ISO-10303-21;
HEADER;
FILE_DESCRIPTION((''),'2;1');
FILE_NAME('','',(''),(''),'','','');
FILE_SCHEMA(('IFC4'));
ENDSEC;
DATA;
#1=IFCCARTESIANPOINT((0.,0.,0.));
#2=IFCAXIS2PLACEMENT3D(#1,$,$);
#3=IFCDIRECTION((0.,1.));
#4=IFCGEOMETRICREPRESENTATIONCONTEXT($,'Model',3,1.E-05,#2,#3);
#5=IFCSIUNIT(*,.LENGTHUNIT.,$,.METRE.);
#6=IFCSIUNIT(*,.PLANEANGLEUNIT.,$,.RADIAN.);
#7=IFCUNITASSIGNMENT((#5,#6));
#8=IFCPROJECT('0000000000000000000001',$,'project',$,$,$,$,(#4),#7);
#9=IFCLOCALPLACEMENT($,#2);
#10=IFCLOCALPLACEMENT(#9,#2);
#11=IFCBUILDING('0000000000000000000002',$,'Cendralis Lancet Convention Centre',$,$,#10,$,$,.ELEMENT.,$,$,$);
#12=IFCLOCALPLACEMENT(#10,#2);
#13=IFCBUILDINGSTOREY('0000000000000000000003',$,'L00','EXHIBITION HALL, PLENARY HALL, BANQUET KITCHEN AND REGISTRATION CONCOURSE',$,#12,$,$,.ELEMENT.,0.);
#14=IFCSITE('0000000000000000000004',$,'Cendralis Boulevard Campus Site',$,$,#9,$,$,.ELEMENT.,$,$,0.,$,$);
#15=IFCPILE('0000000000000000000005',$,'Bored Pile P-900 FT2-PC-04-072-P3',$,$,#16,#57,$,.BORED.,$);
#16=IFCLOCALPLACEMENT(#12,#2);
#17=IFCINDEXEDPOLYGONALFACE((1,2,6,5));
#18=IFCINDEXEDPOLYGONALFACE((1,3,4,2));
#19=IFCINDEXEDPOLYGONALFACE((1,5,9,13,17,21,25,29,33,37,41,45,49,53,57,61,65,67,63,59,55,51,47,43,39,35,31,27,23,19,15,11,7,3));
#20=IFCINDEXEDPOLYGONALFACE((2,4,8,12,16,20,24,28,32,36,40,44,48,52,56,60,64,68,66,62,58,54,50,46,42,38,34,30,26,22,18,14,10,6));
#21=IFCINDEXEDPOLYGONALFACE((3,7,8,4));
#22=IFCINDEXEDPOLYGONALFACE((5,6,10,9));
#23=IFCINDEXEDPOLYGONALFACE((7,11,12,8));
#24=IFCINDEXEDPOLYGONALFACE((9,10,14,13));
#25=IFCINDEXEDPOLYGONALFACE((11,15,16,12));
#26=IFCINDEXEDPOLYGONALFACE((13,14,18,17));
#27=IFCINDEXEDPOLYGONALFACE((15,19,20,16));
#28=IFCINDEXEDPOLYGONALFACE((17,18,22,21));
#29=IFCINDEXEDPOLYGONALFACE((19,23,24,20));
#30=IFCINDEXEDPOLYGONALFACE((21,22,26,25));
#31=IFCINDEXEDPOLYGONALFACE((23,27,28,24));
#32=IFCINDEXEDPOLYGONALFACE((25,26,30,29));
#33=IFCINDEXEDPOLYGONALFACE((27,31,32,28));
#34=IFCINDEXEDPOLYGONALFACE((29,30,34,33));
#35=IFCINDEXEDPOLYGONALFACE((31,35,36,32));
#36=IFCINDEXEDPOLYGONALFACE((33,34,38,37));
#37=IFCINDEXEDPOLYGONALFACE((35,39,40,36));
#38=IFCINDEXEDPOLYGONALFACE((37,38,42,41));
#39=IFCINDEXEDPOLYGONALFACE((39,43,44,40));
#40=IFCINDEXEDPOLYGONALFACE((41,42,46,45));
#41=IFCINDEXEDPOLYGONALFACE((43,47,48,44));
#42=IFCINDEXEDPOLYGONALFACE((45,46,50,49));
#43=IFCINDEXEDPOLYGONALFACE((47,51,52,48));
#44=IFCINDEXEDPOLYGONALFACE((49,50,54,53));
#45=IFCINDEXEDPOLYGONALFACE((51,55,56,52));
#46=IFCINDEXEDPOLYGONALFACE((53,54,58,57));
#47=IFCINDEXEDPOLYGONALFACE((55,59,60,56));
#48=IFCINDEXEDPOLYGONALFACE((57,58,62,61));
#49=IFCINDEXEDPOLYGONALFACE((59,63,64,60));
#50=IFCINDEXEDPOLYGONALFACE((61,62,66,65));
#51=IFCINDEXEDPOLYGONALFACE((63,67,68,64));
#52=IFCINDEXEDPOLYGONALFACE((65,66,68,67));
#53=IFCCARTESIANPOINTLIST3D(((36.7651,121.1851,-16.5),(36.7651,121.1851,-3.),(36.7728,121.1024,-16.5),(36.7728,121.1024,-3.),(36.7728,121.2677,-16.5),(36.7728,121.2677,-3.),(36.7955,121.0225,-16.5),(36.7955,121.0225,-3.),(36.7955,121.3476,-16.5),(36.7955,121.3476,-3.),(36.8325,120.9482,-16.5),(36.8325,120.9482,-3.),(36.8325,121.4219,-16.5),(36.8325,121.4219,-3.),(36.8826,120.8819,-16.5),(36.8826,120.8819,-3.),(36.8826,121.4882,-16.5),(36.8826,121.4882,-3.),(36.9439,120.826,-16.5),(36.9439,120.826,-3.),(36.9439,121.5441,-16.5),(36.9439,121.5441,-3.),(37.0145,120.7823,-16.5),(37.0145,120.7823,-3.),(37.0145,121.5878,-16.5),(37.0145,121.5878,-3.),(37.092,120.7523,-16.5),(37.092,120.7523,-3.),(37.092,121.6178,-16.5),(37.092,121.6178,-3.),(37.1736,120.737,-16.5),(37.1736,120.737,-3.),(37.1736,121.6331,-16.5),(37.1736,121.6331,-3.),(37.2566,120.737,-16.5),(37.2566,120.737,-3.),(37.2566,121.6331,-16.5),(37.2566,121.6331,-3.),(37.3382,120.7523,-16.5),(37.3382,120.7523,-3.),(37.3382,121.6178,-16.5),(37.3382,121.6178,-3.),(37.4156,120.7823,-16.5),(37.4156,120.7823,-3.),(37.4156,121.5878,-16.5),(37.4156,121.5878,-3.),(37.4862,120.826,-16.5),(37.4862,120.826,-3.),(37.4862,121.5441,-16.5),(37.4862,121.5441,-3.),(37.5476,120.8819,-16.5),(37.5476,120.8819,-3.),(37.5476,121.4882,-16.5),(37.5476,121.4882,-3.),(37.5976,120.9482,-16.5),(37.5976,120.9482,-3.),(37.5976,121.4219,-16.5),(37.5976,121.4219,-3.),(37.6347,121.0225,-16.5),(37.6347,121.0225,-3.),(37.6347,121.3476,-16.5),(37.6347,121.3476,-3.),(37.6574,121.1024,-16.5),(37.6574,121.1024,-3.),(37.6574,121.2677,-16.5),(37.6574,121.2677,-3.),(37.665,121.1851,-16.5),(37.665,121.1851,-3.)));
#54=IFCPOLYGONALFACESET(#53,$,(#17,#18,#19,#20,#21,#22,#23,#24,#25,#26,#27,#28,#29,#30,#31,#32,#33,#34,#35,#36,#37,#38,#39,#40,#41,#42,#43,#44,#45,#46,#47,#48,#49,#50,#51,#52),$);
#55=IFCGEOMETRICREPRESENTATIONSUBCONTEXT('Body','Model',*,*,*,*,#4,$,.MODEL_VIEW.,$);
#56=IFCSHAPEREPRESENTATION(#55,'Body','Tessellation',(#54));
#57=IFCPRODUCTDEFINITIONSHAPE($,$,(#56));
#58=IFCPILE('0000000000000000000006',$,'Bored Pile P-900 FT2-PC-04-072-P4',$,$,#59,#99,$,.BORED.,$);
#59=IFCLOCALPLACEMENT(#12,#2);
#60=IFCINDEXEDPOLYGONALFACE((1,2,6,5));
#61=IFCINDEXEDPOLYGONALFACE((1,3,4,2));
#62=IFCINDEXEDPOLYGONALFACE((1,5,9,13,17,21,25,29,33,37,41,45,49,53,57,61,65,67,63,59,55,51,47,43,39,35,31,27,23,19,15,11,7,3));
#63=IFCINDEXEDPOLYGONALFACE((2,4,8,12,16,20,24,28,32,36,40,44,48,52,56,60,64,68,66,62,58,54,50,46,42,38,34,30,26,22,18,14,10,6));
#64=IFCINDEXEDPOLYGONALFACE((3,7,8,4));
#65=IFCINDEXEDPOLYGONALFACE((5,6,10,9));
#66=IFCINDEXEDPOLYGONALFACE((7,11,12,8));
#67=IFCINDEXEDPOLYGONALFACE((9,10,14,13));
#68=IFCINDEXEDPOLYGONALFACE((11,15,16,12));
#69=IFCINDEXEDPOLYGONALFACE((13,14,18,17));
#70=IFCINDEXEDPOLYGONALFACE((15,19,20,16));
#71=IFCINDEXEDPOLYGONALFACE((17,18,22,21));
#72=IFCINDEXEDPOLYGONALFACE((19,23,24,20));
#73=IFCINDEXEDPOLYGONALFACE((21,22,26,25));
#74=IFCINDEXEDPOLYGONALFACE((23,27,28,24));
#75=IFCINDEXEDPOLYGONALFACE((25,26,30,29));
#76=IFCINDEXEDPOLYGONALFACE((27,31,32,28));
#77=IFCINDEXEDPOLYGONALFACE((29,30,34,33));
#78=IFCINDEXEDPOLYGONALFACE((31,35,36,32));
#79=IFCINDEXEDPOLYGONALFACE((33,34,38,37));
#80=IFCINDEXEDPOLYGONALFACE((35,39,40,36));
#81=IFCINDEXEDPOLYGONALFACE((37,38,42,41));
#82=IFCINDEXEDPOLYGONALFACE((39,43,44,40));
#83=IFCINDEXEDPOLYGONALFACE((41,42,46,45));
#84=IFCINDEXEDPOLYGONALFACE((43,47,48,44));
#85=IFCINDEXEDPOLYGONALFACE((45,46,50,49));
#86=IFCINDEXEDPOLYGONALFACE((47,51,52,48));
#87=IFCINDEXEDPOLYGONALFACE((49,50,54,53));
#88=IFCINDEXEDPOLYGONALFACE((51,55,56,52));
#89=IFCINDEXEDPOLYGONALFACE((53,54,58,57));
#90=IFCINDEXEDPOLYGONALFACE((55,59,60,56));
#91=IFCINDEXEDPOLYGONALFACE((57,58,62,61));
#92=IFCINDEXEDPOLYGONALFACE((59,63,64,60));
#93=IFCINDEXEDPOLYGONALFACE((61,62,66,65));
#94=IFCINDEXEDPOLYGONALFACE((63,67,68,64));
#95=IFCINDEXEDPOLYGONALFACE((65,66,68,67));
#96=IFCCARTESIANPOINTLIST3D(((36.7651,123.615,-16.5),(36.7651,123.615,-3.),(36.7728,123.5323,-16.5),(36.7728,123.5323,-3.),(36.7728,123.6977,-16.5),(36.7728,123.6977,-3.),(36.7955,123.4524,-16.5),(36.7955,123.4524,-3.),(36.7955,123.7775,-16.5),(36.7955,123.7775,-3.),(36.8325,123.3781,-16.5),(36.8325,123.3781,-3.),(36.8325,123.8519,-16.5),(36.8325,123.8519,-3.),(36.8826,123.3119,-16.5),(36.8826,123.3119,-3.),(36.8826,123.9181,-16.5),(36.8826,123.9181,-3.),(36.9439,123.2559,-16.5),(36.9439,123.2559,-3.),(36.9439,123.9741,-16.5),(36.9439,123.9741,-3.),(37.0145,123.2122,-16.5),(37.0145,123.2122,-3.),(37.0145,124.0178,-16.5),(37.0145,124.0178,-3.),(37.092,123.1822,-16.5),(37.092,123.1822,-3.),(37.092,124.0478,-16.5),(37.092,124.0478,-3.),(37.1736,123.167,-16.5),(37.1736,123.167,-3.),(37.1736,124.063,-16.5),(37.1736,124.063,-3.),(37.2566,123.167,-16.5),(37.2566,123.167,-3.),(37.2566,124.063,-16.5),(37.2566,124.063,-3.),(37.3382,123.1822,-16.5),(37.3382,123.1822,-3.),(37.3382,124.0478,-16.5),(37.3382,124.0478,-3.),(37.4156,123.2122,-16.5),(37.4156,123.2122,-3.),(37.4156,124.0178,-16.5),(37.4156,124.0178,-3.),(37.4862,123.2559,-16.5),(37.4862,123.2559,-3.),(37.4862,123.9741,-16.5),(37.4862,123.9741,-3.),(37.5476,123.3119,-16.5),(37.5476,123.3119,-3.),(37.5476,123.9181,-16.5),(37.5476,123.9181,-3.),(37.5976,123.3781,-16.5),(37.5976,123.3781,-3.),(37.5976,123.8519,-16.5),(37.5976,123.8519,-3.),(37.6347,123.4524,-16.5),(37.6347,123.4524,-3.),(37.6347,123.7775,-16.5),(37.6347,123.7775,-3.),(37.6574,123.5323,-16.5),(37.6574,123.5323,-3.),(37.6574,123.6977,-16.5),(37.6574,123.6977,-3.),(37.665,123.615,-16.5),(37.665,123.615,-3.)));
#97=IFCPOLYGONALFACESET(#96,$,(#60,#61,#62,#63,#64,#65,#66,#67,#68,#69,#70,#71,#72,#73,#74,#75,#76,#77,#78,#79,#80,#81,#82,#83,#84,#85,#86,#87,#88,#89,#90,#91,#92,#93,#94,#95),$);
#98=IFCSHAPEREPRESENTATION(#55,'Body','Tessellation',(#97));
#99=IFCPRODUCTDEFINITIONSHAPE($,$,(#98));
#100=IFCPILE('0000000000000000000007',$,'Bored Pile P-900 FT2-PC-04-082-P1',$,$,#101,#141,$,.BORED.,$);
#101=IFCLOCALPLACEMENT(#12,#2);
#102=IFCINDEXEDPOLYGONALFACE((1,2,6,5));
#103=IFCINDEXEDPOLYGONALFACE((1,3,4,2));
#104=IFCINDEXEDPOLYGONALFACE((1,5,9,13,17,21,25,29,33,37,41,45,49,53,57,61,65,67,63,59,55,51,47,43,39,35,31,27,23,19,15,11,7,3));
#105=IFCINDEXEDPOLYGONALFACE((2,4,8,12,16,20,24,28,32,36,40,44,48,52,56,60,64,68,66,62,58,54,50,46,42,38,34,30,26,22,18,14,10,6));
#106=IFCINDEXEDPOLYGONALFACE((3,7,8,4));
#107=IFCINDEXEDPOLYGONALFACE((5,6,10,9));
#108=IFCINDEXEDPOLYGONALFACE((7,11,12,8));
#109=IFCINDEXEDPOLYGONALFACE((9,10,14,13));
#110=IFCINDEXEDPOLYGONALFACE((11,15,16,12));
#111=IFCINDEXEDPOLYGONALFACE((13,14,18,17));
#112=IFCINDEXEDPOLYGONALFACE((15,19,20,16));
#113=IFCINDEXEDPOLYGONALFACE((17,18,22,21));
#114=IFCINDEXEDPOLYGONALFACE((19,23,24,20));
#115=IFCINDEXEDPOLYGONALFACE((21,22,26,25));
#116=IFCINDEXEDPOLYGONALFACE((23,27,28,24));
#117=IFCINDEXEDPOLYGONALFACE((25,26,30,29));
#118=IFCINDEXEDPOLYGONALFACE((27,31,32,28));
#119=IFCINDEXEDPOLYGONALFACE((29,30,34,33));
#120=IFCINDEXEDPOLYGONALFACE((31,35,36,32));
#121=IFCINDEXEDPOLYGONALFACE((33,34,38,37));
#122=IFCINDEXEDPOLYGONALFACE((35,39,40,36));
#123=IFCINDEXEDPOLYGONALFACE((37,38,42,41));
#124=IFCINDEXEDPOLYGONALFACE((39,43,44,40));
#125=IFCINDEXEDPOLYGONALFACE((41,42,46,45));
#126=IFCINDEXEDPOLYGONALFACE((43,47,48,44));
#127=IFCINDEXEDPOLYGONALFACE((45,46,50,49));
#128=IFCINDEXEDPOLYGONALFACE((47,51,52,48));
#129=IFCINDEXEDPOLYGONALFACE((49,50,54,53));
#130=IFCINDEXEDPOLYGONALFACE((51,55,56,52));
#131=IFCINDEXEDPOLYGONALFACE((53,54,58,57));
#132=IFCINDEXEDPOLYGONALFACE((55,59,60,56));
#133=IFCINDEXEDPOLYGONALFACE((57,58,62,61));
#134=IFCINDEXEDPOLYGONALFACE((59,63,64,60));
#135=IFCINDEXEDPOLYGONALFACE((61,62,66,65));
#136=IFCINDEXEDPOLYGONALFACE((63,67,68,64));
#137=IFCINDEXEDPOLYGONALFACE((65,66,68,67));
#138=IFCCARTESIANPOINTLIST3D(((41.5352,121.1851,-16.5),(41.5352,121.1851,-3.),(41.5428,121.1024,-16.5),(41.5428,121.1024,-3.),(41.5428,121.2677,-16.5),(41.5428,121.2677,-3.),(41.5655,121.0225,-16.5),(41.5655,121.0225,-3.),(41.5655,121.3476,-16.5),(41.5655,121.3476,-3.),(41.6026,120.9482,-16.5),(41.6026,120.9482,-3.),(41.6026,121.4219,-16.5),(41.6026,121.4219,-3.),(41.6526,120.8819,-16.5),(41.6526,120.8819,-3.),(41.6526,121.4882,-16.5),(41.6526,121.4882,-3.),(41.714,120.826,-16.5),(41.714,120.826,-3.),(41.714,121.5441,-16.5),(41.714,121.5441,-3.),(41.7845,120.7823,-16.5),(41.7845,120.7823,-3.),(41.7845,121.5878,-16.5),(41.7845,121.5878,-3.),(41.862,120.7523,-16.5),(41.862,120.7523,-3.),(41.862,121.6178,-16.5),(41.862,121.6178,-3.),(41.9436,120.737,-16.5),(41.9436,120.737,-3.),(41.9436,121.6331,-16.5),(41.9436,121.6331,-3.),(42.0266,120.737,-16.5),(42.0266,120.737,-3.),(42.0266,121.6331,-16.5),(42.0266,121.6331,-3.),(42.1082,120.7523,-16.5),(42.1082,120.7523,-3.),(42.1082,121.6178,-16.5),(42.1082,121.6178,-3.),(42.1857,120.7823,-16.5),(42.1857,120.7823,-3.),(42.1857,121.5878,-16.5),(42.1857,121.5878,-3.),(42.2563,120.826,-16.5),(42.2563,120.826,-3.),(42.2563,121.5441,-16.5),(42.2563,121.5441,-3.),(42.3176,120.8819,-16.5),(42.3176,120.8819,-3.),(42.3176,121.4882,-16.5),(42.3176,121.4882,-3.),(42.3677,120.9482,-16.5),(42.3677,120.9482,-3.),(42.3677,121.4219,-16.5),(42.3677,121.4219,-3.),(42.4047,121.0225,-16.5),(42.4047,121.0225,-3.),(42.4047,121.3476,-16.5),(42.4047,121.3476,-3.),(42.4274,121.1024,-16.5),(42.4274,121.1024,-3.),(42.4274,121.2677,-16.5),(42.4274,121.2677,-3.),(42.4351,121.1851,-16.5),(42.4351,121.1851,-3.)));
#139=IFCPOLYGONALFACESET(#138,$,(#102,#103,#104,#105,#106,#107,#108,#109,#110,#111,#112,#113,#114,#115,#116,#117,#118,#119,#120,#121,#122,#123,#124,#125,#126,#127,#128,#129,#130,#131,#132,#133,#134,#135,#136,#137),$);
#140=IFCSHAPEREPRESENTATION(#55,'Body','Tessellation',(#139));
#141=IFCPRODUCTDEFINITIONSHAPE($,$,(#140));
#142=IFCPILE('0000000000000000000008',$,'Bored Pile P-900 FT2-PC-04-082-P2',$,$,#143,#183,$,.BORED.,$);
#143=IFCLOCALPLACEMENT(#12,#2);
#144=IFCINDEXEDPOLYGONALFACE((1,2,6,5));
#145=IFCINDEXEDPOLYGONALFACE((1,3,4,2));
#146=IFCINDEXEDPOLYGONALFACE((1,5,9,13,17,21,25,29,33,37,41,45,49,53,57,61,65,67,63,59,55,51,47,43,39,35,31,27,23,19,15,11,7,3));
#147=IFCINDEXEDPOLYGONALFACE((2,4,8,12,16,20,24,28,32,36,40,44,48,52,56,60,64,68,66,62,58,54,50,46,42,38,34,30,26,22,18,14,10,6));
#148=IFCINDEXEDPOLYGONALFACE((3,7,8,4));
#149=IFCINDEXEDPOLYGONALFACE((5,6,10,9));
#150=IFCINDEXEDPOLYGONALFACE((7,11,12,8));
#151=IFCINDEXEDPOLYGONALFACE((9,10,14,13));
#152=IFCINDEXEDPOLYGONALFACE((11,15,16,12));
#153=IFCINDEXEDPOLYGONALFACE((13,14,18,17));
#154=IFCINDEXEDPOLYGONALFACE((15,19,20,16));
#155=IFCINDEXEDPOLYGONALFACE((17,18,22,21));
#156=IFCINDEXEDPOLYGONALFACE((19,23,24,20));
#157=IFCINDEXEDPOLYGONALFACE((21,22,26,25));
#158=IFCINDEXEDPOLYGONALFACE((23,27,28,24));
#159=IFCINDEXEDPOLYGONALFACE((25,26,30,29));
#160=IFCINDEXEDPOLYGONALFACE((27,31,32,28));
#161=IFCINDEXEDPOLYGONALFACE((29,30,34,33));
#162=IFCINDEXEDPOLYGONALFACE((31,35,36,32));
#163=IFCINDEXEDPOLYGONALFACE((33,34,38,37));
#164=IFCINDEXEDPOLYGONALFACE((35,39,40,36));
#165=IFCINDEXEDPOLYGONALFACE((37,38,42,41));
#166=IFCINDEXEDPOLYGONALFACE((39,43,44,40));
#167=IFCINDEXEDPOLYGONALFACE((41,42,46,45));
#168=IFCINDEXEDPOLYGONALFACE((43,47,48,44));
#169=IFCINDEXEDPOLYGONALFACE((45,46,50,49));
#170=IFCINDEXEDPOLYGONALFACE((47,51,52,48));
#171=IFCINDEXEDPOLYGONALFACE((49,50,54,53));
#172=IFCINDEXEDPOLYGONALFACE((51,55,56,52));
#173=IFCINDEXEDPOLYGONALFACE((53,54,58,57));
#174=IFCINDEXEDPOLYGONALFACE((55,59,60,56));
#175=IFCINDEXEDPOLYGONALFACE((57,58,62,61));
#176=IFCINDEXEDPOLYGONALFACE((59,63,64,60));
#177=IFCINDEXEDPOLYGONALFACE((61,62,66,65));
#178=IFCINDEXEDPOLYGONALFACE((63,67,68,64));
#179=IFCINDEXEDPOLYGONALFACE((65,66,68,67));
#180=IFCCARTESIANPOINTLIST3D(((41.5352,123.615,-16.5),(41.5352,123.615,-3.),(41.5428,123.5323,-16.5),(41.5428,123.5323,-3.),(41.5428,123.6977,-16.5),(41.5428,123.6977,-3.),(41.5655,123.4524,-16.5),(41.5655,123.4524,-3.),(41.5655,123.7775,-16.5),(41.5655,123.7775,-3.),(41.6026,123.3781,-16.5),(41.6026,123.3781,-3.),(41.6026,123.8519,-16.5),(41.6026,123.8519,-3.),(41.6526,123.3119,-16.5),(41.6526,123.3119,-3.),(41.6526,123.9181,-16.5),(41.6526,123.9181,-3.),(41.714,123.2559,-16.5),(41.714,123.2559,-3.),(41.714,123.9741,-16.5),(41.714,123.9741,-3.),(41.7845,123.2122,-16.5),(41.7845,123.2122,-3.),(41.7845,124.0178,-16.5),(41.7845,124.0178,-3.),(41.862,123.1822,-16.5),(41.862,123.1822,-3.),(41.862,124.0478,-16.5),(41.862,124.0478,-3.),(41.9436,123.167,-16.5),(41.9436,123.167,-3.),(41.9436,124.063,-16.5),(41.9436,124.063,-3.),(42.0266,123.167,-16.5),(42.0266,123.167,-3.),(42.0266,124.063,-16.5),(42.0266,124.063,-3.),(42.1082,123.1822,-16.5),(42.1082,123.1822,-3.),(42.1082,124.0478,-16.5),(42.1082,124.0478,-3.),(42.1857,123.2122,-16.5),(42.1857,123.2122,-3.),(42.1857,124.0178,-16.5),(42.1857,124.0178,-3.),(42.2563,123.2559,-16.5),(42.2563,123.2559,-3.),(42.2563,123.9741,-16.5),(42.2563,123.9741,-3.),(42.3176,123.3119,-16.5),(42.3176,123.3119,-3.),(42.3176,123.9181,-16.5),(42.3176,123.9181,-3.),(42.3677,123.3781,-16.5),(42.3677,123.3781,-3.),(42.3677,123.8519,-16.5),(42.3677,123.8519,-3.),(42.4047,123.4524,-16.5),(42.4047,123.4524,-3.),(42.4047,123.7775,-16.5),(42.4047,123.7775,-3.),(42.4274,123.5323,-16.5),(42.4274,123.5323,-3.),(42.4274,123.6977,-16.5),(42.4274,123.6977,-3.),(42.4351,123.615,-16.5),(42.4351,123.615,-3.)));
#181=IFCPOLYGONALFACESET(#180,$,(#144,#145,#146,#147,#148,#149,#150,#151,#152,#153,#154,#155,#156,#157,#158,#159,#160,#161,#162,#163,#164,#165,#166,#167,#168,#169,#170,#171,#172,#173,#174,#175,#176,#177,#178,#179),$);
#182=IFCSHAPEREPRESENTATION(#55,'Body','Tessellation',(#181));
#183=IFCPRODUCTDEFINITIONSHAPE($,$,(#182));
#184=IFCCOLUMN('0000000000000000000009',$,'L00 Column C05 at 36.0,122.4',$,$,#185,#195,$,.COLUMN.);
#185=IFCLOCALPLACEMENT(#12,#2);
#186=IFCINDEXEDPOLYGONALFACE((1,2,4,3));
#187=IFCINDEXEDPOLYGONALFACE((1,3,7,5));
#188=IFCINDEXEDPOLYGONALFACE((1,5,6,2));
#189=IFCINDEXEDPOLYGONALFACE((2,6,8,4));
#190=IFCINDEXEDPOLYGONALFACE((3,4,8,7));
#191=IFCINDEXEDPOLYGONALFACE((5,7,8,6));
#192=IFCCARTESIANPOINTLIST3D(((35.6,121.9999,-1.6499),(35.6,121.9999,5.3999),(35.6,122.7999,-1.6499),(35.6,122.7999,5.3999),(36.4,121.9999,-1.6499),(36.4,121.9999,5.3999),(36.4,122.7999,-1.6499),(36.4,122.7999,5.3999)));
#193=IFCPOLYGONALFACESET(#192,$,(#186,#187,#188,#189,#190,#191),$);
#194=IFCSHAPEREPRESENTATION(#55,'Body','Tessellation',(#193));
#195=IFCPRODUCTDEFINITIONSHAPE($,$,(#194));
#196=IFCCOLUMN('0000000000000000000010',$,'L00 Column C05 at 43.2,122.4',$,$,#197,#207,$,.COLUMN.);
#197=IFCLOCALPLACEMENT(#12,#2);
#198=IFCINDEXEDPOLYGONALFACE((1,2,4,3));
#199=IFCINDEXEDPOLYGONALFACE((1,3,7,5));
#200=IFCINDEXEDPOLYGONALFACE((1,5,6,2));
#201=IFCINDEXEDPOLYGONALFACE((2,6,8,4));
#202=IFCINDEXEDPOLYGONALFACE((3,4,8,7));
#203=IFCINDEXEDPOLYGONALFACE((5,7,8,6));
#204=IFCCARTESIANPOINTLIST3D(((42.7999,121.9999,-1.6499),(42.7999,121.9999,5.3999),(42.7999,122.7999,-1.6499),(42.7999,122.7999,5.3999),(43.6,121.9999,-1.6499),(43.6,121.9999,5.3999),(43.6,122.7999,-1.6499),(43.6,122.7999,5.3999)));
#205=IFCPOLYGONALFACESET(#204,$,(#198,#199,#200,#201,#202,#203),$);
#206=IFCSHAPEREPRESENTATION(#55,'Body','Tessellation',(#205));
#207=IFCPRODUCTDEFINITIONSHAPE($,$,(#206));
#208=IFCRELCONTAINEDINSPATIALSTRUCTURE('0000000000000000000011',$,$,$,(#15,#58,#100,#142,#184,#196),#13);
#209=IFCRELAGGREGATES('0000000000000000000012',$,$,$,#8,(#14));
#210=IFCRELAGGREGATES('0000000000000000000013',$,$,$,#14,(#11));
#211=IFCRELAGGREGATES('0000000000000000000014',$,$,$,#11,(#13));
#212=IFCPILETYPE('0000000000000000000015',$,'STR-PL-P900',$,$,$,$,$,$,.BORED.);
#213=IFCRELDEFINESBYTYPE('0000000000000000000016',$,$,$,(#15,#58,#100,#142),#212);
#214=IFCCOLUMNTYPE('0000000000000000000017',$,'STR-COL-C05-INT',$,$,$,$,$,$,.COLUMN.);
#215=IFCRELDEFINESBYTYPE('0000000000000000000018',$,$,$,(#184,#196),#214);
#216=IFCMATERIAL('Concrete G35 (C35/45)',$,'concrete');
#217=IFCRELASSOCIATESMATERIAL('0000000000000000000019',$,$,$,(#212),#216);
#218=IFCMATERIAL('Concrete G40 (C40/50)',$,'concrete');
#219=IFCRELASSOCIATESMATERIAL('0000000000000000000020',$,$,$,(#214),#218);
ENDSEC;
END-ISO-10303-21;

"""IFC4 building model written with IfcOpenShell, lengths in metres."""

from ifc_helpers import new_model, si_unit, direction, frame, origin, origin_2d, place, context, subcontext, project, spatial, rectangle, circle, extrude, material, material_profile, profile_set, type_object, element, save


model = new_model("IFC4")

# Units and contexts
model_context = context("Model", 3, precision=1e-05, world=origin(), true_north=direction((0.0, 1.0)))
body_context = subcontext(model_context, "Body", "Model", "MODEL_VIEW")
ifc_project = project(units=[si_unit("LENGTHUNIT", "METRE"), si_unit("PLANEANGLEUNIT", "RADIAN")], contexts=[model_context])

# Site, building, storey
site_placement = place(None, origin())
site = spatial("IfcSite", under=ifc_project, at=site_placement, Name="Cendralis Boulevard Campus Site", CompositionType="ELEMENT", RefElevation=0.0)
building_placement = place(site_placement, origin())
building = spatial("IfcBuilding", under=site, at=building_placement, Name="Cendralis Lancet Convention Centre", CompositionType="ELEMENT")
storey_placement = place(building_placement, origin())
storey = spatial("IfcBuildingStorey", under=building, at=storey_placement, Name="L00", Description="EXHIBITION HALL, PLENARY HALL, BANQUET KITCHEN AND REGISTRATION CONCOURSE", CompositionType="ELEMENT", Elevation=0.0)

# Shared definitions
ifc_material_1 = material(Name="Concrete G35 (C35/45)", Category="concrete")

# Piles
ifc_material_profile_1 = material_profile(ifc_material_1, circle(Radius=0.45, at=origin_2d()), Name="BORED PILE D900")
ifc_profile_set_1 = profile_set([ifc_material_profile_1], Name="Concrete G35 (C35/45)")
pile_type_1 = type_object("IfcPileType", Name="STR-PL-P900", PredefinedType="BORED", material=ifc_profile_set_1)
for number, where, z_axis, x_axis, name in (
    (1, (37.2151, 121.1851, -3.0), (0.0, 0.0, -1.0), (1.0, 0.0, 0.0), "Bored Pile P-900 FT2-PC-04-072-P3"),
    (2, (37.2151, 123.615, -3.0), (0.0, 0.0, -1.0), (1.0, 0.0, 0.0), "Bored Pile P-900 FT2-PC-04-072-P4"),
    (3, (41.9851, 121.1851, -3.0), (0.0, 0.0, -1.0), (1.0, 0.0, 0.0), "Bored Pile P-900 FT2-PC-04-082-P1"),
    (4, (41.9851, 123.615, -3.0), (0.0, 0.0, -1.0), (1.0, 0.0, 0.0), "Bored Pile P-900 FT2-PC-04-082-P2"),
):
    element("IfcPile", number, at=place(storey_placement, frame(where, z_axis=z_axis, x_axis=x_axis)), inside=storey, type_object=pile_type_1, Name=name, PredefinedType="BORED", context=body_context, shape_type="SweptSolid", body=[
        extrude(circle(Radius=0.45, at=origin_2d()), origin(), (0.0, 0.0, 1.0), 13.5),
    ])

# Columns
ifc_material_2 = material(Name="Concrete G40 (C40/50)", Category="concrete")
ifc_material_profile_2 = material_profile(ifc_material_2, rectangle(XDim=0.8, YDim=0.8, at=origin_2d()), Name="RC 800x800")
ifc_profile_set_2 = profile_set([ifc_material_profile_2], Name="Concrete G40 (C40/50)")
column_type_1 = type_object("IfcColumnType", Name="STR-COL-C05-INT", PredefinedType="COLUMN", material=ifc_profile_set_2)
for number, where, z_axis, x_axis, name in (
    (5, (36.0, 122.3999, -1.6499), (0.0, 0.0, 1.0), (1.0, 0.0, 0.0), "L00 Column C05 at 36.0,122.4"),
    (6, (43.2, 122.3999, -1.6499), (0.0, 0.0, 1.0), (1.0, 0.0, 0.0), "L00 Column C05 at 43.2,122.4"),
):
    element("IfcColumn", number, at=place(storey_placement, frame(where, z_axis=z_axis, x_axis=x_axis)), inside=storey, type_object=column_type_1, Name=name, PredefinedType="COLUMN", context=body_context, shape_type="SweptSolid", body=[
        extrude(rectangle(XDim=0.8, YDim=0.8, at=origin_2d()), origin(), (0.0, 0.0, 1.0), 7.0498),
    ])

save(model, "model.ifc")
